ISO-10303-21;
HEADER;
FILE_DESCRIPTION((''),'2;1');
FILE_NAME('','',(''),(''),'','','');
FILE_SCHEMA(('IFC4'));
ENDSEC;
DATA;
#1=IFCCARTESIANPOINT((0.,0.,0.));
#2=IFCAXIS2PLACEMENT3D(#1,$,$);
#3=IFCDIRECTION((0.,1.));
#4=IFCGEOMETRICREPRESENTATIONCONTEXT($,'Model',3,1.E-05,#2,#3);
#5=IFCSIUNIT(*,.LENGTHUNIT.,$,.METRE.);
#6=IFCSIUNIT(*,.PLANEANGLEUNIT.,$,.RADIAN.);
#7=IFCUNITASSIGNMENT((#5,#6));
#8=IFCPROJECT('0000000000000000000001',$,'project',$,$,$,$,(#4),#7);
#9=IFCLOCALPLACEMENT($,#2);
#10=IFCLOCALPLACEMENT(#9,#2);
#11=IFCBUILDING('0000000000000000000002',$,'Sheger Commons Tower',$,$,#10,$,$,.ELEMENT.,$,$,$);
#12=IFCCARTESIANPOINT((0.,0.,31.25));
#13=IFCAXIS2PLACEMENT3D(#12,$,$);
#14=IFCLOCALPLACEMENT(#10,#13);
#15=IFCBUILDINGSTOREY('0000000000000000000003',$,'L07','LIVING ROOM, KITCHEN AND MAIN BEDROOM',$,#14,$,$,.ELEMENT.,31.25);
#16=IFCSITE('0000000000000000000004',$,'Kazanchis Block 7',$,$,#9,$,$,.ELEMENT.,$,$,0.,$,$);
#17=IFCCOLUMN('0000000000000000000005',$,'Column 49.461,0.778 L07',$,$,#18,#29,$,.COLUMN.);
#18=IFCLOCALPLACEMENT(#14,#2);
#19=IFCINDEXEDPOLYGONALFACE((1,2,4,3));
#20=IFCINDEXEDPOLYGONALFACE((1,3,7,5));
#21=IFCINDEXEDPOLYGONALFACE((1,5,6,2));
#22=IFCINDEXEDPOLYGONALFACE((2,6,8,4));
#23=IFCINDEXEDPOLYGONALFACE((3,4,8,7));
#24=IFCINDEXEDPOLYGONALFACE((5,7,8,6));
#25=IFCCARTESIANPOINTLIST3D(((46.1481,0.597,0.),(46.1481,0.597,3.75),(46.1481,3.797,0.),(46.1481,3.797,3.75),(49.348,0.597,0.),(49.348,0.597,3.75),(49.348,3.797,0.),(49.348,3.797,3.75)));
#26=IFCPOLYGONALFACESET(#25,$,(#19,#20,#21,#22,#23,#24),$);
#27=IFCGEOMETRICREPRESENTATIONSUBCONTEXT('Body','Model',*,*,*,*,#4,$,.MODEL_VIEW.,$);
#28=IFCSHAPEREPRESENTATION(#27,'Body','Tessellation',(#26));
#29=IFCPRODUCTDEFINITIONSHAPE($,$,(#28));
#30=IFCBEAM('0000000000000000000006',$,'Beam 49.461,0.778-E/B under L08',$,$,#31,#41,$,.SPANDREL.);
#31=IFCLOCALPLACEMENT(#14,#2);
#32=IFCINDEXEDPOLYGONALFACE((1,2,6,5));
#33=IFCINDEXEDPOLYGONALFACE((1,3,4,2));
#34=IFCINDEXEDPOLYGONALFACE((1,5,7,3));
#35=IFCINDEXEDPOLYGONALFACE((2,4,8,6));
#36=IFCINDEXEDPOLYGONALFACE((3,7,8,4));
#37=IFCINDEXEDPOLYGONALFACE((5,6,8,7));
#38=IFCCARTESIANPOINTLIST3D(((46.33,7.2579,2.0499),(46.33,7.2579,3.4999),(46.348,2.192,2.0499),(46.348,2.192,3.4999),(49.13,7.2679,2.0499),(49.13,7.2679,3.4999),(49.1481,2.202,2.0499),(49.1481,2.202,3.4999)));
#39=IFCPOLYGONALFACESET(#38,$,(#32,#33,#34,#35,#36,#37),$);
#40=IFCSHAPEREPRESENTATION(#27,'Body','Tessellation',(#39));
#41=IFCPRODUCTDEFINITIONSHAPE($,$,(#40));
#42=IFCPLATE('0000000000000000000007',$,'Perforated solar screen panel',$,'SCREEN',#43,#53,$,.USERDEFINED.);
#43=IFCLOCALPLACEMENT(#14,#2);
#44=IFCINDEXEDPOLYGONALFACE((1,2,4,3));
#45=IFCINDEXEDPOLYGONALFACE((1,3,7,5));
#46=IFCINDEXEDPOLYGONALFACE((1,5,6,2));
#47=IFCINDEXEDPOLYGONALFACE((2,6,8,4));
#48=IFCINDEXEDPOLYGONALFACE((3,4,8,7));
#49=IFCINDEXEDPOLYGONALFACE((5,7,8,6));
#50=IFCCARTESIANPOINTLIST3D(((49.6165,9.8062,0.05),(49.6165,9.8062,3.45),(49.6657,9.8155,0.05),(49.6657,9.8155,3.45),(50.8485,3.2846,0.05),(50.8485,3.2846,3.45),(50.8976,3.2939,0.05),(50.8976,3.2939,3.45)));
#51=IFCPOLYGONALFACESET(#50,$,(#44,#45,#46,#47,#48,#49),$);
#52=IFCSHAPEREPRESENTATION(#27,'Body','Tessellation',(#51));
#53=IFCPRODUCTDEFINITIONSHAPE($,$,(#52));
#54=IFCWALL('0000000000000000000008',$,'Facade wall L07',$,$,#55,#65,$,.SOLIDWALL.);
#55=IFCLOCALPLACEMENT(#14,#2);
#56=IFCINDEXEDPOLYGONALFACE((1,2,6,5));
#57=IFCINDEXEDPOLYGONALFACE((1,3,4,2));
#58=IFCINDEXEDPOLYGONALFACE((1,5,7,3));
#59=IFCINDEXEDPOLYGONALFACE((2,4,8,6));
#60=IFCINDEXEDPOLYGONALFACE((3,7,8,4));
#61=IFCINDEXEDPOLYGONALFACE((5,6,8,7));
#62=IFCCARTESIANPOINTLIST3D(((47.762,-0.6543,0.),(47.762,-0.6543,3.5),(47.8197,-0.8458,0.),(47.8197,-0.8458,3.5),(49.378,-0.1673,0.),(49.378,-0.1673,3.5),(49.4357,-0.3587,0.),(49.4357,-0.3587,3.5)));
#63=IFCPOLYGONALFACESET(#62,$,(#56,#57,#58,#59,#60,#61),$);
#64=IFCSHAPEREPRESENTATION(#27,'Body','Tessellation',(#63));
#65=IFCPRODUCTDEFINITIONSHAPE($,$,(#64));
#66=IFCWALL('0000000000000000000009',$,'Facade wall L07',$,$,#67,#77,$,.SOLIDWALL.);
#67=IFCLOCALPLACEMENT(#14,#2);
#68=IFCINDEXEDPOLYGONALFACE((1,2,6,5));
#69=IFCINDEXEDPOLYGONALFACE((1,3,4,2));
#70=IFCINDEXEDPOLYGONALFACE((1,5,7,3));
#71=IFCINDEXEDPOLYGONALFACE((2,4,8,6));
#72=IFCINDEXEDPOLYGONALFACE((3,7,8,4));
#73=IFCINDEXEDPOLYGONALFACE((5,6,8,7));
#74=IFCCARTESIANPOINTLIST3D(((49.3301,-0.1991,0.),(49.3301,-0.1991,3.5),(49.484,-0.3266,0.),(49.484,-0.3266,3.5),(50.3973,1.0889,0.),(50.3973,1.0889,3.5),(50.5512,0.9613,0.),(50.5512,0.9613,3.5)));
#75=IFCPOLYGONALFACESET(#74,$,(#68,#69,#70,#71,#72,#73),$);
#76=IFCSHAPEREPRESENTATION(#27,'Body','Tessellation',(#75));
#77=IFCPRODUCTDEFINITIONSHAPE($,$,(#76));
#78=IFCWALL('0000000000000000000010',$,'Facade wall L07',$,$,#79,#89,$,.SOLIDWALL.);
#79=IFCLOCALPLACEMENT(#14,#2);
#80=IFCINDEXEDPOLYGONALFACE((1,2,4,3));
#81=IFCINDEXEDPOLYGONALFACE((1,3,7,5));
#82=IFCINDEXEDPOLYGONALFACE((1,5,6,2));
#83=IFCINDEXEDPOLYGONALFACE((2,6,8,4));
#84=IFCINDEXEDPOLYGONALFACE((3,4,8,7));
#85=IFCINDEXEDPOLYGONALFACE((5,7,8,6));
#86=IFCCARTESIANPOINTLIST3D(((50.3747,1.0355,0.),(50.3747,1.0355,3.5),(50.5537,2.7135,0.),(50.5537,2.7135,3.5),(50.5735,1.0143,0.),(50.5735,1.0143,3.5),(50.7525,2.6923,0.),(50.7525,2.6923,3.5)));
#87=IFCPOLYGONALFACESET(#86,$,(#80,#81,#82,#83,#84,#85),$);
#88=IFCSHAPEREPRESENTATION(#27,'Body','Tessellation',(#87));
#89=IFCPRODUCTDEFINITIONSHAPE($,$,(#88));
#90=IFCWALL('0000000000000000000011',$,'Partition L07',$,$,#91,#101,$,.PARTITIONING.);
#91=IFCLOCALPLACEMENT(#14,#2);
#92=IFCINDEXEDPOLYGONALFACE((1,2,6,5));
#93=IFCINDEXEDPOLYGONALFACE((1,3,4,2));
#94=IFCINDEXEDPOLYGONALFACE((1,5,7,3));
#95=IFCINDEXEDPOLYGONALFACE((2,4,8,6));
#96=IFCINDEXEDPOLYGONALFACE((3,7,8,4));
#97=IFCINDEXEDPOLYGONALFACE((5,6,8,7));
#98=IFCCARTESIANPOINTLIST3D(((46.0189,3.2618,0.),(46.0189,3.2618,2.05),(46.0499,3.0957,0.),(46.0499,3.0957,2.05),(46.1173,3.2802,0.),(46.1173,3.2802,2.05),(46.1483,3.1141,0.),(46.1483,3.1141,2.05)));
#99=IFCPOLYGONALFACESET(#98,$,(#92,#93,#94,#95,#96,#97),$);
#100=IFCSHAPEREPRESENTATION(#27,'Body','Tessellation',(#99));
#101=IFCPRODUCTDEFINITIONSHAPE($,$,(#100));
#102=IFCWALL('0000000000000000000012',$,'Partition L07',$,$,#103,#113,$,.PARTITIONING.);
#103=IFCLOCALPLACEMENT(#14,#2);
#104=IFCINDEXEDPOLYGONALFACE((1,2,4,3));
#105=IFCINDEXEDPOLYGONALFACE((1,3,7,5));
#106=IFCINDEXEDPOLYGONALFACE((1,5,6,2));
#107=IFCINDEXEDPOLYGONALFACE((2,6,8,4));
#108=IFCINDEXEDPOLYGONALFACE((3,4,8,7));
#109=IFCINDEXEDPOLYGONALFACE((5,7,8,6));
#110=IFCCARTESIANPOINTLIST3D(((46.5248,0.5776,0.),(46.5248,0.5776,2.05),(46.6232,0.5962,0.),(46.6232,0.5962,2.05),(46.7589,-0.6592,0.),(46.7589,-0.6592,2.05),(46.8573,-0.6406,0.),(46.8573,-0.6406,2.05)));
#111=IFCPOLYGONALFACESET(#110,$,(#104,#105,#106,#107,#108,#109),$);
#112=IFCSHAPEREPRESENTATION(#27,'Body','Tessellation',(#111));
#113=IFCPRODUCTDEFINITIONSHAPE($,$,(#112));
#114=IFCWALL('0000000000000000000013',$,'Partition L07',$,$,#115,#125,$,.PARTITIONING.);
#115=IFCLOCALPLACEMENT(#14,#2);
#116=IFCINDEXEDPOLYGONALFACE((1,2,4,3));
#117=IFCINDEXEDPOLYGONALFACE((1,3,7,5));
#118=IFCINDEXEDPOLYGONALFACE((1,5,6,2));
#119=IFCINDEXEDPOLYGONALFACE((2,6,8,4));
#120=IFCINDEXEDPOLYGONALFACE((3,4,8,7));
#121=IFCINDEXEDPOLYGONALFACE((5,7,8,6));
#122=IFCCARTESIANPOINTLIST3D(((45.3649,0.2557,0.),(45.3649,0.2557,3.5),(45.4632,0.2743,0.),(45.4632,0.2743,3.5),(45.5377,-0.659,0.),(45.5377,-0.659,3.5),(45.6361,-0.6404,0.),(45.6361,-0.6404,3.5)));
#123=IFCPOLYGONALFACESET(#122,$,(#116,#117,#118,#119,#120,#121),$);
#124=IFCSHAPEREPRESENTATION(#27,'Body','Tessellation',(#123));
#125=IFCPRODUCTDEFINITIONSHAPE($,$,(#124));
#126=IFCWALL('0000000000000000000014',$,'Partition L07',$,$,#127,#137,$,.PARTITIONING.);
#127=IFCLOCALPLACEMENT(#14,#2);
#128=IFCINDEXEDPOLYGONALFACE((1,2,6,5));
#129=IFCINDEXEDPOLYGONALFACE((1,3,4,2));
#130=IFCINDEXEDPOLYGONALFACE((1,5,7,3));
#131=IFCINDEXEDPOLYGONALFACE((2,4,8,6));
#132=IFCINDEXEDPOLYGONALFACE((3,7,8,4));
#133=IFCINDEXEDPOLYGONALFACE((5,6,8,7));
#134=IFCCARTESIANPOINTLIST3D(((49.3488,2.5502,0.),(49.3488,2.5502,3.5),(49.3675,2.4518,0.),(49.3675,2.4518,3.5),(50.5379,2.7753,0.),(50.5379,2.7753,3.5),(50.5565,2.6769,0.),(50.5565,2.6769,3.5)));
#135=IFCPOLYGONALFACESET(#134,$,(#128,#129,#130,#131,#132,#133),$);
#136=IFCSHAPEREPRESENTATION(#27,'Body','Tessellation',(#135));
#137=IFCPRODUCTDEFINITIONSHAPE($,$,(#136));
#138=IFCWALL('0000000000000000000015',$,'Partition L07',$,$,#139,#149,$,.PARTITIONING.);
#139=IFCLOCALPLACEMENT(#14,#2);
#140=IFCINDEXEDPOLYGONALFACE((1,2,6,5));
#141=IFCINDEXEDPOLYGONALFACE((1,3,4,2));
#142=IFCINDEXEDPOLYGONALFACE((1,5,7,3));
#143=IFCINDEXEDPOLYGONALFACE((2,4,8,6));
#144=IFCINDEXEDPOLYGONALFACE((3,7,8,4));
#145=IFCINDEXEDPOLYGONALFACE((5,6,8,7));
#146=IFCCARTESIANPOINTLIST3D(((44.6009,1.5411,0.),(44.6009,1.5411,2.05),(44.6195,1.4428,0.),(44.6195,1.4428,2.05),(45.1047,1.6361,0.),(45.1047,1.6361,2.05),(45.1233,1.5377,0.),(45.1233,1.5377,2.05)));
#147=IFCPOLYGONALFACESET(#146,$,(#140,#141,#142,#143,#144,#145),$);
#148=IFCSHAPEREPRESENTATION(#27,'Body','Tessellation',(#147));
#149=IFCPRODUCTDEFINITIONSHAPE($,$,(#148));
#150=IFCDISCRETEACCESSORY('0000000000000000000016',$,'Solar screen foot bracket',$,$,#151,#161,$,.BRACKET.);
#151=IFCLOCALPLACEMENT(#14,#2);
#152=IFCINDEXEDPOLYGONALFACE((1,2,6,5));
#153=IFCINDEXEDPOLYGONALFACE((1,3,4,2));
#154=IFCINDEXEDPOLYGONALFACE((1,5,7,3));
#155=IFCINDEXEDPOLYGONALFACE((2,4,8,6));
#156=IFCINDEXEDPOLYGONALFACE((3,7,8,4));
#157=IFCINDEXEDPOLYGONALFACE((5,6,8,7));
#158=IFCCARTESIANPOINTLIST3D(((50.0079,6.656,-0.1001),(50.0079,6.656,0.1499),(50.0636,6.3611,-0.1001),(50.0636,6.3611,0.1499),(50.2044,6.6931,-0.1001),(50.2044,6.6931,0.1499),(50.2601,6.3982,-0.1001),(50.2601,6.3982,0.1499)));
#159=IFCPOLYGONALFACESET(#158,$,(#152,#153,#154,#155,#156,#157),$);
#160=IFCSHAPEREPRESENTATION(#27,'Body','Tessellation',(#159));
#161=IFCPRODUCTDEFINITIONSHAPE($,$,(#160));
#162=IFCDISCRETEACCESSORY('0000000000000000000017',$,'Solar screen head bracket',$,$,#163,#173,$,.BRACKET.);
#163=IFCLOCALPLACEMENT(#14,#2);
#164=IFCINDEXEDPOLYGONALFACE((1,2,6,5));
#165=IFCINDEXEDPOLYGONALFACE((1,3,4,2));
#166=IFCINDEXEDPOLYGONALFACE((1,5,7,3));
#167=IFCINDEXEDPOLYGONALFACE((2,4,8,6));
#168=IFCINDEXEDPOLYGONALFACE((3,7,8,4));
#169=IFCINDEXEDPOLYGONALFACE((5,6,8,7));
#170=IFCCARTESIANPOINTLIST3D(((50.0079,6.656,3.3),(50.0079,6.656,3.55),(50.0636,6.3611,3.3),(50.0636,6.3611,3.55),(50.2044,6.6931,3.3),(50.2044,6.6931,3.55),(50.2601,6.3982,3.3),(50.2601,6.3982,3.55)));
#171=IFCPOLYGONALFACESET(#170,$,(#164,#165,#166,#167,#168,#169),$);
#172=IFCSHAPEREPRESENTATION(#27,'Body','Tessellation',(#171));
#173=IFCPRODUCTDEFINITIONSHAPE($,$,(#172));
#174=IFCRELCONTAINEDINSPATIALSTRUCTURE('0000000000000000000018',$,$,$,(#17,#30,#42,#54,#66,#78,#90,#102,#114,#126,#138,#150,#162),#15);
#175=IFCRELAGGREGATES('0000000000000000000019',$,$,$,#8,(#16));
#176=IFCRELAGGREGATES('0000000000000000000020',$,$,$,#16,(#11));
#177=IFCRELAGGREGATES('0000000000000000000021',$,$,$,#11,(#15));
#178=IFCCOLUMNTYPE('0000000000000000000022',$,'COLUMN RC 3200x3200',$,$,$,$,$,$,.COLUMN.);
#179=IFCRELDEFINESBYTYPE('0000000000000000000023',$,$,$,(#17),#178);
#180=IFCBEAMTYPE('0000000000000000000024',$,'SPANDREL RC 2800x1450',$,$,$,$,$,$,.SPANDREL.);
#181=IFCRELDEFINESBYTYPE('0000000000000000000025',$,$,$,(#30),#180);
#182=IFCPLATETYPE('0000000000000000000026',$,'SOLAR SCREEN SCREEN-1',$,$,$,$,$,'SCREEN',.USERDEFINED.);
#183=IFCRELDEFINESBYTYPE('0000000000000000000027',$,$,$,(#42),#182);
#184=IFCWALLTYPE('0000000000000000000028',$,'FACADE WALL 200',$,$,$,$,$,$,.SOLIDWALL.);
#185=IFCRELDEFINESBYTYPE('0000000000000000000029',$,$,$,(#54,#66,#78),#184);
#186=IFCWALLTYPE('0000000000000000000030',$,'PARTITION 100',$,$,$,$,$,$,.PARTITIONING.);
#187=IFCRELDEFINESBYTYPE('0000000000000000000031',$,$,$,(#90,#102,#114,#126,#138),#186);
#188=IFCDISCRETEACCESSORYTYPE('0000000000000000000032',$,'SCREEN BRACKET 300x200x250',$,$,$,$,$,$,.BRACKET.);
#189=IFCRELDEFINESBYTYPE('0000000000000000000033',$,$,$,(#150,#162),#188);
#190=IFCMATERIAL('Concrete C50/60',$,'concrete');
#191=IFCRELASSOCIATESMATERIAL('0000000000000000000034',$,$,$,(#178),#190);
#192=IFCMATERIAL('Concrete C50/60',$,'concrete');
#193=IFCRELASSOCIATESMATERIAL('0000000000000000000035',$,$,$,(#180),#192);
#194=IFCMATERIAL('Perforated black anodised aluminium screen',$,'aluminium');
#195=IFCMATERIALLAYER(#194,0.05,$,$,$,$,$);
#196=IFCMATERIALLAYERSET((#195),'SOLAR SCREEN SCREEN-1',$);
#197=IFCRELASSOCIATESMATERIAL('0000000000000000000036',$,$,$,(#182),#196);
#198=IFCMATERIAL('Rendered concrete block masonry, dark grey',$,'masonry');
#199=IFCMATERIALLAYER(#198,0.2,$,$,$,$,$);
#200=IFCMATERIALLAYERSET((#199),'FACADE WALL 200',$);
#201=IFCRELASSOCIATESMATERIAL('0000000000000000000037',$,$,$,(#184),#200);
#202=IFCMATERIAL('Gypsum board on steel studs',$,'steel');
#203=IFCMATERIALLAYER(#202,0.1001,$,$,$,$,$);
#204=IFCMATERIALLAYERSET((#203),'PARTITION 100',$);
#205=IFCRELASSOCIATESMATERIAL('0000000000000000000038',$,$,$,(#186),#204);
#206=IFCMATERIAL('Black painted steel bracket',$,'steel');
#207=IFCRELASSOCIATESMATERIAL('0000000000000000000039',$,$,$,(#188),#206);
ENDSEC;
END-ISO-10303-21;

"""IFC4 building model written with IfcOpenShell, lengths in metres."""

from ifc_helpers import new_model, si_unit, direction, frame, frame_2d, origin, origin_2d, place, context, subcontext, project, spatial, rectangle, extrude, material, layer, layer_set, material_profile, profile_set, type_object, element, save


model = new_model("IFC4")

# Units and contexts
model_context = context("Model", 3, precision=1e-05, world=origin(), true_north=direction((0.0, 1.0)))
body_context = subcontext(model_context, "Body", "Model", "MODEL_VIEW")
ifc_project = project(units=[si_unit("LENGTHUNIT", "METRE"), si_unit("PLANEANGLEUNIT", "RADIAN")], contexts=[model_context])

# Site, building, storey
site_placement = place(None, origin())
site = spatial("IfcSite", under=ifc_project, at=site_placement, Name="Kazanchis Block 7", CompositionType="ELEMENT", RefElevation=0.0)
building_placement = place(site_placement, origin())
building = spatial("IfcBuilding", under=site, at=building_placement, Name="Sheger Commons Tower", CompositionType="ELEMENT")
storey_placement = place(building_placement, frame((0.0, 0.0, 31.25)))
storey = spatial("IfcBuildingStorey", under=building, at=storey_placement, Name="L07", Description="LIVING ROOM, KITCHEN AND MAIN BEDROOM", CompositionType="ELEMENT", Elevation=31.25)

# Column
ifc_material_1 = material(Name="Concrete C50/60", Category="concrete")
ifc_material_profile_1 = material_profile(ifc_material_1, rectangle(XDim=3.2, YDim=3.2, at=origin_2d()), Name="RC 3200x3200")
ifc_profile_set_1 = profile_set([ifc_material_profile_1], Name="Concrete C50/60")
column_type = type_object("IfcColumnType", Name="COLUMN RC 3200x3200", PredefinedType="COLUMN", material=ifc_profile_set_1)
column_placement = place(storey_placement, frame((47.748, 2.197, 0.0), z_axis=(0.0, 0.0, 1.0), x_axis=(1.0, 0.0, 0.0)))
element("IfcColumn", 1, at=column_placement, inside=storey, type_object=column_type, Name="Column 49.461,0.778 L07", PredefinedType="COLUMN", context=body_context, shape_type="SweptSolid", body=[
    extrude(rectangle(XDim=3.2, YDim=3.2, at=origin_2d()), origin(), (0.0, 0.0, 1.0), 3.75),
])

# Beam
ifc_material_2 = material(Name="Concrete C50/60", Category="concrete")
ifc_material_profile_2 = material_profile(ifc_material_2, rectangle(XDim=2.8, YDim=1.45, at=origin_2d()), Name="RC 2800x1450")
ifc_profile_set_2 = profile_set([ifc_material_profile_2], Name="Concrete C50/60")
beam_type = type_object("IfcBeamType", Name="SPANDREL RC 2800x1450", PredefinedType="SPANDREL", material=ifc_profile_set_2)
beam_placement = place(storey_placement, frame((47.748, 2.197, 2.7749), z_axis=(-0.003566, 0.999994, 0.0), x_axis=(-0.999994, -0.003566, 0.0)))
element("IfcBeam", 2, at=beam_placement, inside=storey, type_object=beam_type, Name="Beam 49.461,0.778-E/B under L08", PredefinedType="SPANDREL", context=body_context, shape_type="SweptSolid", body=[
    extrude(rectangle(XDim=2.8, YDim=1.45, at=origin_2d()), origin(), (0.0, 0.0, 1.0), 5.0659),
])

# Plate
ifc_material_3 = material(Name="Perforated black anodised aluminium screen", Category="aluminium")
ifc_layer_1 = layer(ifc_material_3, 0.05)
ifc_layer_set_1 = layer_set([ifc_layer_1], Name="SOLAR SCREEN SCREEN-1")
plate_type = type_object("IfcPlateType", Name="SOLAR SCREEN SCREEN-1", ElementType="SCREEN", PredefinedType="USERDEFINED", material=ifc_layer_set_1)
plate_placement = place(storey_placement, frame((50.2571, 6.55, 0.05), z_axis=(0.0, 0.0, 1.0), x_axis=(-0.185615, 0.982623, 0.0)))
element("IfcPlate", 3, at=plate_placement, inside=storey, type_object=plate_type, Name="Perforated solar screen panel", ObjectType="SCREEN", PredefinedType="USERDEFINED", context=body_context, shape_type="SweptSolid", body=[
    extrude(rectangle(XDim=6.637, YDim=0.05, at=origin_2d()), origin(), (0.0, 0.0, 1.0), 3.3999),
])

# Walls
ifc_material_4 = material(Name="Rendered concrete block masonry, dark grey", Category="masonry")
ifc_layer_2 = layer(ifc_material_4, 0.2)
ifc_layer_set_2 = layer_set([ifc_layer_2], Name="FACADE WALL 200")
wall_type_1 = type_object("IfcWallType", Name="FACADE WALL 200", PredefinedType="SOLIDWALL", material=ifc_layer_set_2)
wall_1_placement = place(storey_placement, frame((47.791, -0.75, 0.0), z_axis=(0.0, 0.0, 1.0), x_axis=(0.957455, 0.288582, 0.0)))
element("IfcWall", 4, at=wall_1_placement, inside=storey, type_object=wall_type_1, Name="Facade wall L07", PredefinedType="SOLIDWALL", context=body_context, shape_type="SweptSolid", body=[
    extrude(rectangle(XDim=1.6877, YDim=0.2, at=frame_2d((0.8438, 0.0))), origin(), (0.0, 0.0, 1.0), 3.5),
])
wall_2_placement = place(storey_placement, frame((49.407, -0.2629, 0.0), z_axis=(0.0, 0.0, 1.0), x_axis=(0.638043, 0.770001, 0.0)))
element("IfcWall", 5, at=wall_2_placement, inside=storey, type_object=wall_type_1, Name="Facade wall L07", PredefinedType="SOLIDWALL", context=body_context, shape_type="SweptSolid", body=[
    extrude(rectangle(XDim=1.6726, YDim=0.2, at=frame_2d((0.8364, 0.0))), origin(), (0.0, 0.0, 1.0), 3.5),
])
wall_3_placement = place(storey_placement, frame((50.4741, 1.0249, 0.0), z_axis=(0.0, 0.0, 1.0), x_axis=(0.106048, 0.994361, 0.0)))
element("IfcWall", 6, at=wall_3_placement, inside=storey, type_object=wall_type_1, Name="Facade wall L07", PredefinedType="SOLIDWALL", context=body_context, shape_type="SweptSolid", body=[
    extrude(rectangle(XDim=1.6875, YDim=0.2, at=frame_2d((0.8438, 0.0))), origin(), (0.0, 0.0, 1.0), 3.5),
])

# Walls
ifc_material_5 = material(Name="Gypsum board on steel studs", Category="steel")
ifc_layer_3 = layer(ifc_material_5, 0.1001)
ifc_layer_set_3 = layer_set([ifc_layer_3], Name="PARTITION 100")
wall_type_2 = type_object("IfcWallType", Name="PARTITION 100", PredefinedType="PARTITIONING", material=ifc_layer_set_3)
wall_4_placement = place(storey_placement, frame((46.0681, 3.271, 0.0), z_axis=(0.0, 0.0, 1.0), x_axis=(0.18359, -0.983003, 0.0)))
element("IfcWall", 7, at=wall_4_placement, inside=storey, type_object=wall_type_2, Name="Partition L07", PredefinedType="PARTITIONING", context=body_context, shape_type="SweptSolid", body=[
    extrude(rectangle(XDim=0.1689, YDim=0.1001, at=frame_2d((0.0845, 0.0))), origin(), (0.0, 0.0, 1.0), 2.05),
])
wall_5_placement = place(storey_placement, frame((46.574, 0.5869, 0.0), z_axis=(0.0, 0.0, 1.0), x_axis=(0.185998, -0.98255, 0.0)))
element("IfcWall", 8, at=wall_5_placement, inside=storey, type_object=wall_type_2, Name="Partition L07", PredefinedType="PARTITIONING", context=body_context, shape_type="SweptSolid", body=[
    extrude(rectangle(XDim=1.2588, YDim=0.1001, at=frame_2d((0.6294, 0.0))), origin(), (0.0, 0.0, 1.0), 2.05),
])
wall_6_placement = place(storey_placement, frame((45.4141, 0.2649, 0.0), z_axis=(0.0, 0.0, 1.0), x_axis=(0.185666, -0.982613, 0.0)))
element("IfcWall", 9, at=wall_6_placement, inside=storey, type_object=wall_type_2, Name="Partition L07", PredefinedType="PARTITIONING", context=body_context, shape_type="SweptSolid", body=[
    extrude(rectangle(XDim=0.9309, YDim=0.1001, at=frame_2d((0.4653, 0.0))), origin(), (0.0, 0.0, 1.0), 3.5),
])
wall_7_placement = place(storey_placement, frame((50.5471, 2.7261, 0.0), z_axis=(0.0, 0.0, 1.0), x_axis=(-0.982553, -0.185981, 0.0)))
element("IfcWall", 10, at=wall_7_placement, inside=storey, type_object=wall_type_2, Name="Partition L07", PredefinedType="PARTITIONING", context=body_context, shape_type="SweptSolid", body=[
    extrude(rectangle(XDim=1.2102, YDim=0.1001, at=frame_2d((0.605, 0.0))), origin(), (0.0, 0.0, 1.0), 3.5),
])
wall_8_placement = place(storey_placement, frame((45.114, 1.5869, 0.0), z_axis=(0.0, 0.0, 1.0), x_axis=(-0.982699, -0.185208, 0.0)))
element("IfcWall", 11, at=wall_8_placement, inside=storey, type_object=wall_type_2, Name="Partition L07", PredefinedType="PARTITIONING", context=body_context, shape_type="SweptSolid", body=[
    extrude(rectangle(XDim=0.5127, YDim=0.1001, at=frame_2d((0.2563, 0.0))), origin(), (0.0, 0.0, 1.0), 2.05),
])

# Discrete accessories
ifc_material_6 = material(Name="Black painted steel bracket", Category="steel")
discrete_accessory_type = type_object("IfcDiscreteAccessoryType", Name="SCREEN BRACKET 300x200x250", PredefinedType="BRACKET", material=ifc_material_6)
for number, where, z_axis, x_axis, name in (
    (12, (50.134, 6.5271, -0.1001), (0.0, 0.0, 1.0), (-0.185615, 0.982623, 0.0), "Solar screen foot bracket"),
    (13, (50.134, 6.5271, 3.3), (0.0, 0.0, 1.0), (-0.185615, 0.982623, 0.0), "Solar screen head bracket"),
):
    element("IfcDiscreteAccessory", number, at=place(storey_placement, frame(where, z_axis=z_axis, x_axis=x_axis)), inside=storey, type_object=discrete_accessory_type, Name=name, PredefinedType="BRACKET", context=body_context, shape_type="SweptSolid", body=[
        extrude(rectangle(XDim=0.3, YDim=0.2, at=origin_2d()), origin(), (0.0, 0.0, 1.0), 0.25),
    ])

save(model, "model.ifc")
